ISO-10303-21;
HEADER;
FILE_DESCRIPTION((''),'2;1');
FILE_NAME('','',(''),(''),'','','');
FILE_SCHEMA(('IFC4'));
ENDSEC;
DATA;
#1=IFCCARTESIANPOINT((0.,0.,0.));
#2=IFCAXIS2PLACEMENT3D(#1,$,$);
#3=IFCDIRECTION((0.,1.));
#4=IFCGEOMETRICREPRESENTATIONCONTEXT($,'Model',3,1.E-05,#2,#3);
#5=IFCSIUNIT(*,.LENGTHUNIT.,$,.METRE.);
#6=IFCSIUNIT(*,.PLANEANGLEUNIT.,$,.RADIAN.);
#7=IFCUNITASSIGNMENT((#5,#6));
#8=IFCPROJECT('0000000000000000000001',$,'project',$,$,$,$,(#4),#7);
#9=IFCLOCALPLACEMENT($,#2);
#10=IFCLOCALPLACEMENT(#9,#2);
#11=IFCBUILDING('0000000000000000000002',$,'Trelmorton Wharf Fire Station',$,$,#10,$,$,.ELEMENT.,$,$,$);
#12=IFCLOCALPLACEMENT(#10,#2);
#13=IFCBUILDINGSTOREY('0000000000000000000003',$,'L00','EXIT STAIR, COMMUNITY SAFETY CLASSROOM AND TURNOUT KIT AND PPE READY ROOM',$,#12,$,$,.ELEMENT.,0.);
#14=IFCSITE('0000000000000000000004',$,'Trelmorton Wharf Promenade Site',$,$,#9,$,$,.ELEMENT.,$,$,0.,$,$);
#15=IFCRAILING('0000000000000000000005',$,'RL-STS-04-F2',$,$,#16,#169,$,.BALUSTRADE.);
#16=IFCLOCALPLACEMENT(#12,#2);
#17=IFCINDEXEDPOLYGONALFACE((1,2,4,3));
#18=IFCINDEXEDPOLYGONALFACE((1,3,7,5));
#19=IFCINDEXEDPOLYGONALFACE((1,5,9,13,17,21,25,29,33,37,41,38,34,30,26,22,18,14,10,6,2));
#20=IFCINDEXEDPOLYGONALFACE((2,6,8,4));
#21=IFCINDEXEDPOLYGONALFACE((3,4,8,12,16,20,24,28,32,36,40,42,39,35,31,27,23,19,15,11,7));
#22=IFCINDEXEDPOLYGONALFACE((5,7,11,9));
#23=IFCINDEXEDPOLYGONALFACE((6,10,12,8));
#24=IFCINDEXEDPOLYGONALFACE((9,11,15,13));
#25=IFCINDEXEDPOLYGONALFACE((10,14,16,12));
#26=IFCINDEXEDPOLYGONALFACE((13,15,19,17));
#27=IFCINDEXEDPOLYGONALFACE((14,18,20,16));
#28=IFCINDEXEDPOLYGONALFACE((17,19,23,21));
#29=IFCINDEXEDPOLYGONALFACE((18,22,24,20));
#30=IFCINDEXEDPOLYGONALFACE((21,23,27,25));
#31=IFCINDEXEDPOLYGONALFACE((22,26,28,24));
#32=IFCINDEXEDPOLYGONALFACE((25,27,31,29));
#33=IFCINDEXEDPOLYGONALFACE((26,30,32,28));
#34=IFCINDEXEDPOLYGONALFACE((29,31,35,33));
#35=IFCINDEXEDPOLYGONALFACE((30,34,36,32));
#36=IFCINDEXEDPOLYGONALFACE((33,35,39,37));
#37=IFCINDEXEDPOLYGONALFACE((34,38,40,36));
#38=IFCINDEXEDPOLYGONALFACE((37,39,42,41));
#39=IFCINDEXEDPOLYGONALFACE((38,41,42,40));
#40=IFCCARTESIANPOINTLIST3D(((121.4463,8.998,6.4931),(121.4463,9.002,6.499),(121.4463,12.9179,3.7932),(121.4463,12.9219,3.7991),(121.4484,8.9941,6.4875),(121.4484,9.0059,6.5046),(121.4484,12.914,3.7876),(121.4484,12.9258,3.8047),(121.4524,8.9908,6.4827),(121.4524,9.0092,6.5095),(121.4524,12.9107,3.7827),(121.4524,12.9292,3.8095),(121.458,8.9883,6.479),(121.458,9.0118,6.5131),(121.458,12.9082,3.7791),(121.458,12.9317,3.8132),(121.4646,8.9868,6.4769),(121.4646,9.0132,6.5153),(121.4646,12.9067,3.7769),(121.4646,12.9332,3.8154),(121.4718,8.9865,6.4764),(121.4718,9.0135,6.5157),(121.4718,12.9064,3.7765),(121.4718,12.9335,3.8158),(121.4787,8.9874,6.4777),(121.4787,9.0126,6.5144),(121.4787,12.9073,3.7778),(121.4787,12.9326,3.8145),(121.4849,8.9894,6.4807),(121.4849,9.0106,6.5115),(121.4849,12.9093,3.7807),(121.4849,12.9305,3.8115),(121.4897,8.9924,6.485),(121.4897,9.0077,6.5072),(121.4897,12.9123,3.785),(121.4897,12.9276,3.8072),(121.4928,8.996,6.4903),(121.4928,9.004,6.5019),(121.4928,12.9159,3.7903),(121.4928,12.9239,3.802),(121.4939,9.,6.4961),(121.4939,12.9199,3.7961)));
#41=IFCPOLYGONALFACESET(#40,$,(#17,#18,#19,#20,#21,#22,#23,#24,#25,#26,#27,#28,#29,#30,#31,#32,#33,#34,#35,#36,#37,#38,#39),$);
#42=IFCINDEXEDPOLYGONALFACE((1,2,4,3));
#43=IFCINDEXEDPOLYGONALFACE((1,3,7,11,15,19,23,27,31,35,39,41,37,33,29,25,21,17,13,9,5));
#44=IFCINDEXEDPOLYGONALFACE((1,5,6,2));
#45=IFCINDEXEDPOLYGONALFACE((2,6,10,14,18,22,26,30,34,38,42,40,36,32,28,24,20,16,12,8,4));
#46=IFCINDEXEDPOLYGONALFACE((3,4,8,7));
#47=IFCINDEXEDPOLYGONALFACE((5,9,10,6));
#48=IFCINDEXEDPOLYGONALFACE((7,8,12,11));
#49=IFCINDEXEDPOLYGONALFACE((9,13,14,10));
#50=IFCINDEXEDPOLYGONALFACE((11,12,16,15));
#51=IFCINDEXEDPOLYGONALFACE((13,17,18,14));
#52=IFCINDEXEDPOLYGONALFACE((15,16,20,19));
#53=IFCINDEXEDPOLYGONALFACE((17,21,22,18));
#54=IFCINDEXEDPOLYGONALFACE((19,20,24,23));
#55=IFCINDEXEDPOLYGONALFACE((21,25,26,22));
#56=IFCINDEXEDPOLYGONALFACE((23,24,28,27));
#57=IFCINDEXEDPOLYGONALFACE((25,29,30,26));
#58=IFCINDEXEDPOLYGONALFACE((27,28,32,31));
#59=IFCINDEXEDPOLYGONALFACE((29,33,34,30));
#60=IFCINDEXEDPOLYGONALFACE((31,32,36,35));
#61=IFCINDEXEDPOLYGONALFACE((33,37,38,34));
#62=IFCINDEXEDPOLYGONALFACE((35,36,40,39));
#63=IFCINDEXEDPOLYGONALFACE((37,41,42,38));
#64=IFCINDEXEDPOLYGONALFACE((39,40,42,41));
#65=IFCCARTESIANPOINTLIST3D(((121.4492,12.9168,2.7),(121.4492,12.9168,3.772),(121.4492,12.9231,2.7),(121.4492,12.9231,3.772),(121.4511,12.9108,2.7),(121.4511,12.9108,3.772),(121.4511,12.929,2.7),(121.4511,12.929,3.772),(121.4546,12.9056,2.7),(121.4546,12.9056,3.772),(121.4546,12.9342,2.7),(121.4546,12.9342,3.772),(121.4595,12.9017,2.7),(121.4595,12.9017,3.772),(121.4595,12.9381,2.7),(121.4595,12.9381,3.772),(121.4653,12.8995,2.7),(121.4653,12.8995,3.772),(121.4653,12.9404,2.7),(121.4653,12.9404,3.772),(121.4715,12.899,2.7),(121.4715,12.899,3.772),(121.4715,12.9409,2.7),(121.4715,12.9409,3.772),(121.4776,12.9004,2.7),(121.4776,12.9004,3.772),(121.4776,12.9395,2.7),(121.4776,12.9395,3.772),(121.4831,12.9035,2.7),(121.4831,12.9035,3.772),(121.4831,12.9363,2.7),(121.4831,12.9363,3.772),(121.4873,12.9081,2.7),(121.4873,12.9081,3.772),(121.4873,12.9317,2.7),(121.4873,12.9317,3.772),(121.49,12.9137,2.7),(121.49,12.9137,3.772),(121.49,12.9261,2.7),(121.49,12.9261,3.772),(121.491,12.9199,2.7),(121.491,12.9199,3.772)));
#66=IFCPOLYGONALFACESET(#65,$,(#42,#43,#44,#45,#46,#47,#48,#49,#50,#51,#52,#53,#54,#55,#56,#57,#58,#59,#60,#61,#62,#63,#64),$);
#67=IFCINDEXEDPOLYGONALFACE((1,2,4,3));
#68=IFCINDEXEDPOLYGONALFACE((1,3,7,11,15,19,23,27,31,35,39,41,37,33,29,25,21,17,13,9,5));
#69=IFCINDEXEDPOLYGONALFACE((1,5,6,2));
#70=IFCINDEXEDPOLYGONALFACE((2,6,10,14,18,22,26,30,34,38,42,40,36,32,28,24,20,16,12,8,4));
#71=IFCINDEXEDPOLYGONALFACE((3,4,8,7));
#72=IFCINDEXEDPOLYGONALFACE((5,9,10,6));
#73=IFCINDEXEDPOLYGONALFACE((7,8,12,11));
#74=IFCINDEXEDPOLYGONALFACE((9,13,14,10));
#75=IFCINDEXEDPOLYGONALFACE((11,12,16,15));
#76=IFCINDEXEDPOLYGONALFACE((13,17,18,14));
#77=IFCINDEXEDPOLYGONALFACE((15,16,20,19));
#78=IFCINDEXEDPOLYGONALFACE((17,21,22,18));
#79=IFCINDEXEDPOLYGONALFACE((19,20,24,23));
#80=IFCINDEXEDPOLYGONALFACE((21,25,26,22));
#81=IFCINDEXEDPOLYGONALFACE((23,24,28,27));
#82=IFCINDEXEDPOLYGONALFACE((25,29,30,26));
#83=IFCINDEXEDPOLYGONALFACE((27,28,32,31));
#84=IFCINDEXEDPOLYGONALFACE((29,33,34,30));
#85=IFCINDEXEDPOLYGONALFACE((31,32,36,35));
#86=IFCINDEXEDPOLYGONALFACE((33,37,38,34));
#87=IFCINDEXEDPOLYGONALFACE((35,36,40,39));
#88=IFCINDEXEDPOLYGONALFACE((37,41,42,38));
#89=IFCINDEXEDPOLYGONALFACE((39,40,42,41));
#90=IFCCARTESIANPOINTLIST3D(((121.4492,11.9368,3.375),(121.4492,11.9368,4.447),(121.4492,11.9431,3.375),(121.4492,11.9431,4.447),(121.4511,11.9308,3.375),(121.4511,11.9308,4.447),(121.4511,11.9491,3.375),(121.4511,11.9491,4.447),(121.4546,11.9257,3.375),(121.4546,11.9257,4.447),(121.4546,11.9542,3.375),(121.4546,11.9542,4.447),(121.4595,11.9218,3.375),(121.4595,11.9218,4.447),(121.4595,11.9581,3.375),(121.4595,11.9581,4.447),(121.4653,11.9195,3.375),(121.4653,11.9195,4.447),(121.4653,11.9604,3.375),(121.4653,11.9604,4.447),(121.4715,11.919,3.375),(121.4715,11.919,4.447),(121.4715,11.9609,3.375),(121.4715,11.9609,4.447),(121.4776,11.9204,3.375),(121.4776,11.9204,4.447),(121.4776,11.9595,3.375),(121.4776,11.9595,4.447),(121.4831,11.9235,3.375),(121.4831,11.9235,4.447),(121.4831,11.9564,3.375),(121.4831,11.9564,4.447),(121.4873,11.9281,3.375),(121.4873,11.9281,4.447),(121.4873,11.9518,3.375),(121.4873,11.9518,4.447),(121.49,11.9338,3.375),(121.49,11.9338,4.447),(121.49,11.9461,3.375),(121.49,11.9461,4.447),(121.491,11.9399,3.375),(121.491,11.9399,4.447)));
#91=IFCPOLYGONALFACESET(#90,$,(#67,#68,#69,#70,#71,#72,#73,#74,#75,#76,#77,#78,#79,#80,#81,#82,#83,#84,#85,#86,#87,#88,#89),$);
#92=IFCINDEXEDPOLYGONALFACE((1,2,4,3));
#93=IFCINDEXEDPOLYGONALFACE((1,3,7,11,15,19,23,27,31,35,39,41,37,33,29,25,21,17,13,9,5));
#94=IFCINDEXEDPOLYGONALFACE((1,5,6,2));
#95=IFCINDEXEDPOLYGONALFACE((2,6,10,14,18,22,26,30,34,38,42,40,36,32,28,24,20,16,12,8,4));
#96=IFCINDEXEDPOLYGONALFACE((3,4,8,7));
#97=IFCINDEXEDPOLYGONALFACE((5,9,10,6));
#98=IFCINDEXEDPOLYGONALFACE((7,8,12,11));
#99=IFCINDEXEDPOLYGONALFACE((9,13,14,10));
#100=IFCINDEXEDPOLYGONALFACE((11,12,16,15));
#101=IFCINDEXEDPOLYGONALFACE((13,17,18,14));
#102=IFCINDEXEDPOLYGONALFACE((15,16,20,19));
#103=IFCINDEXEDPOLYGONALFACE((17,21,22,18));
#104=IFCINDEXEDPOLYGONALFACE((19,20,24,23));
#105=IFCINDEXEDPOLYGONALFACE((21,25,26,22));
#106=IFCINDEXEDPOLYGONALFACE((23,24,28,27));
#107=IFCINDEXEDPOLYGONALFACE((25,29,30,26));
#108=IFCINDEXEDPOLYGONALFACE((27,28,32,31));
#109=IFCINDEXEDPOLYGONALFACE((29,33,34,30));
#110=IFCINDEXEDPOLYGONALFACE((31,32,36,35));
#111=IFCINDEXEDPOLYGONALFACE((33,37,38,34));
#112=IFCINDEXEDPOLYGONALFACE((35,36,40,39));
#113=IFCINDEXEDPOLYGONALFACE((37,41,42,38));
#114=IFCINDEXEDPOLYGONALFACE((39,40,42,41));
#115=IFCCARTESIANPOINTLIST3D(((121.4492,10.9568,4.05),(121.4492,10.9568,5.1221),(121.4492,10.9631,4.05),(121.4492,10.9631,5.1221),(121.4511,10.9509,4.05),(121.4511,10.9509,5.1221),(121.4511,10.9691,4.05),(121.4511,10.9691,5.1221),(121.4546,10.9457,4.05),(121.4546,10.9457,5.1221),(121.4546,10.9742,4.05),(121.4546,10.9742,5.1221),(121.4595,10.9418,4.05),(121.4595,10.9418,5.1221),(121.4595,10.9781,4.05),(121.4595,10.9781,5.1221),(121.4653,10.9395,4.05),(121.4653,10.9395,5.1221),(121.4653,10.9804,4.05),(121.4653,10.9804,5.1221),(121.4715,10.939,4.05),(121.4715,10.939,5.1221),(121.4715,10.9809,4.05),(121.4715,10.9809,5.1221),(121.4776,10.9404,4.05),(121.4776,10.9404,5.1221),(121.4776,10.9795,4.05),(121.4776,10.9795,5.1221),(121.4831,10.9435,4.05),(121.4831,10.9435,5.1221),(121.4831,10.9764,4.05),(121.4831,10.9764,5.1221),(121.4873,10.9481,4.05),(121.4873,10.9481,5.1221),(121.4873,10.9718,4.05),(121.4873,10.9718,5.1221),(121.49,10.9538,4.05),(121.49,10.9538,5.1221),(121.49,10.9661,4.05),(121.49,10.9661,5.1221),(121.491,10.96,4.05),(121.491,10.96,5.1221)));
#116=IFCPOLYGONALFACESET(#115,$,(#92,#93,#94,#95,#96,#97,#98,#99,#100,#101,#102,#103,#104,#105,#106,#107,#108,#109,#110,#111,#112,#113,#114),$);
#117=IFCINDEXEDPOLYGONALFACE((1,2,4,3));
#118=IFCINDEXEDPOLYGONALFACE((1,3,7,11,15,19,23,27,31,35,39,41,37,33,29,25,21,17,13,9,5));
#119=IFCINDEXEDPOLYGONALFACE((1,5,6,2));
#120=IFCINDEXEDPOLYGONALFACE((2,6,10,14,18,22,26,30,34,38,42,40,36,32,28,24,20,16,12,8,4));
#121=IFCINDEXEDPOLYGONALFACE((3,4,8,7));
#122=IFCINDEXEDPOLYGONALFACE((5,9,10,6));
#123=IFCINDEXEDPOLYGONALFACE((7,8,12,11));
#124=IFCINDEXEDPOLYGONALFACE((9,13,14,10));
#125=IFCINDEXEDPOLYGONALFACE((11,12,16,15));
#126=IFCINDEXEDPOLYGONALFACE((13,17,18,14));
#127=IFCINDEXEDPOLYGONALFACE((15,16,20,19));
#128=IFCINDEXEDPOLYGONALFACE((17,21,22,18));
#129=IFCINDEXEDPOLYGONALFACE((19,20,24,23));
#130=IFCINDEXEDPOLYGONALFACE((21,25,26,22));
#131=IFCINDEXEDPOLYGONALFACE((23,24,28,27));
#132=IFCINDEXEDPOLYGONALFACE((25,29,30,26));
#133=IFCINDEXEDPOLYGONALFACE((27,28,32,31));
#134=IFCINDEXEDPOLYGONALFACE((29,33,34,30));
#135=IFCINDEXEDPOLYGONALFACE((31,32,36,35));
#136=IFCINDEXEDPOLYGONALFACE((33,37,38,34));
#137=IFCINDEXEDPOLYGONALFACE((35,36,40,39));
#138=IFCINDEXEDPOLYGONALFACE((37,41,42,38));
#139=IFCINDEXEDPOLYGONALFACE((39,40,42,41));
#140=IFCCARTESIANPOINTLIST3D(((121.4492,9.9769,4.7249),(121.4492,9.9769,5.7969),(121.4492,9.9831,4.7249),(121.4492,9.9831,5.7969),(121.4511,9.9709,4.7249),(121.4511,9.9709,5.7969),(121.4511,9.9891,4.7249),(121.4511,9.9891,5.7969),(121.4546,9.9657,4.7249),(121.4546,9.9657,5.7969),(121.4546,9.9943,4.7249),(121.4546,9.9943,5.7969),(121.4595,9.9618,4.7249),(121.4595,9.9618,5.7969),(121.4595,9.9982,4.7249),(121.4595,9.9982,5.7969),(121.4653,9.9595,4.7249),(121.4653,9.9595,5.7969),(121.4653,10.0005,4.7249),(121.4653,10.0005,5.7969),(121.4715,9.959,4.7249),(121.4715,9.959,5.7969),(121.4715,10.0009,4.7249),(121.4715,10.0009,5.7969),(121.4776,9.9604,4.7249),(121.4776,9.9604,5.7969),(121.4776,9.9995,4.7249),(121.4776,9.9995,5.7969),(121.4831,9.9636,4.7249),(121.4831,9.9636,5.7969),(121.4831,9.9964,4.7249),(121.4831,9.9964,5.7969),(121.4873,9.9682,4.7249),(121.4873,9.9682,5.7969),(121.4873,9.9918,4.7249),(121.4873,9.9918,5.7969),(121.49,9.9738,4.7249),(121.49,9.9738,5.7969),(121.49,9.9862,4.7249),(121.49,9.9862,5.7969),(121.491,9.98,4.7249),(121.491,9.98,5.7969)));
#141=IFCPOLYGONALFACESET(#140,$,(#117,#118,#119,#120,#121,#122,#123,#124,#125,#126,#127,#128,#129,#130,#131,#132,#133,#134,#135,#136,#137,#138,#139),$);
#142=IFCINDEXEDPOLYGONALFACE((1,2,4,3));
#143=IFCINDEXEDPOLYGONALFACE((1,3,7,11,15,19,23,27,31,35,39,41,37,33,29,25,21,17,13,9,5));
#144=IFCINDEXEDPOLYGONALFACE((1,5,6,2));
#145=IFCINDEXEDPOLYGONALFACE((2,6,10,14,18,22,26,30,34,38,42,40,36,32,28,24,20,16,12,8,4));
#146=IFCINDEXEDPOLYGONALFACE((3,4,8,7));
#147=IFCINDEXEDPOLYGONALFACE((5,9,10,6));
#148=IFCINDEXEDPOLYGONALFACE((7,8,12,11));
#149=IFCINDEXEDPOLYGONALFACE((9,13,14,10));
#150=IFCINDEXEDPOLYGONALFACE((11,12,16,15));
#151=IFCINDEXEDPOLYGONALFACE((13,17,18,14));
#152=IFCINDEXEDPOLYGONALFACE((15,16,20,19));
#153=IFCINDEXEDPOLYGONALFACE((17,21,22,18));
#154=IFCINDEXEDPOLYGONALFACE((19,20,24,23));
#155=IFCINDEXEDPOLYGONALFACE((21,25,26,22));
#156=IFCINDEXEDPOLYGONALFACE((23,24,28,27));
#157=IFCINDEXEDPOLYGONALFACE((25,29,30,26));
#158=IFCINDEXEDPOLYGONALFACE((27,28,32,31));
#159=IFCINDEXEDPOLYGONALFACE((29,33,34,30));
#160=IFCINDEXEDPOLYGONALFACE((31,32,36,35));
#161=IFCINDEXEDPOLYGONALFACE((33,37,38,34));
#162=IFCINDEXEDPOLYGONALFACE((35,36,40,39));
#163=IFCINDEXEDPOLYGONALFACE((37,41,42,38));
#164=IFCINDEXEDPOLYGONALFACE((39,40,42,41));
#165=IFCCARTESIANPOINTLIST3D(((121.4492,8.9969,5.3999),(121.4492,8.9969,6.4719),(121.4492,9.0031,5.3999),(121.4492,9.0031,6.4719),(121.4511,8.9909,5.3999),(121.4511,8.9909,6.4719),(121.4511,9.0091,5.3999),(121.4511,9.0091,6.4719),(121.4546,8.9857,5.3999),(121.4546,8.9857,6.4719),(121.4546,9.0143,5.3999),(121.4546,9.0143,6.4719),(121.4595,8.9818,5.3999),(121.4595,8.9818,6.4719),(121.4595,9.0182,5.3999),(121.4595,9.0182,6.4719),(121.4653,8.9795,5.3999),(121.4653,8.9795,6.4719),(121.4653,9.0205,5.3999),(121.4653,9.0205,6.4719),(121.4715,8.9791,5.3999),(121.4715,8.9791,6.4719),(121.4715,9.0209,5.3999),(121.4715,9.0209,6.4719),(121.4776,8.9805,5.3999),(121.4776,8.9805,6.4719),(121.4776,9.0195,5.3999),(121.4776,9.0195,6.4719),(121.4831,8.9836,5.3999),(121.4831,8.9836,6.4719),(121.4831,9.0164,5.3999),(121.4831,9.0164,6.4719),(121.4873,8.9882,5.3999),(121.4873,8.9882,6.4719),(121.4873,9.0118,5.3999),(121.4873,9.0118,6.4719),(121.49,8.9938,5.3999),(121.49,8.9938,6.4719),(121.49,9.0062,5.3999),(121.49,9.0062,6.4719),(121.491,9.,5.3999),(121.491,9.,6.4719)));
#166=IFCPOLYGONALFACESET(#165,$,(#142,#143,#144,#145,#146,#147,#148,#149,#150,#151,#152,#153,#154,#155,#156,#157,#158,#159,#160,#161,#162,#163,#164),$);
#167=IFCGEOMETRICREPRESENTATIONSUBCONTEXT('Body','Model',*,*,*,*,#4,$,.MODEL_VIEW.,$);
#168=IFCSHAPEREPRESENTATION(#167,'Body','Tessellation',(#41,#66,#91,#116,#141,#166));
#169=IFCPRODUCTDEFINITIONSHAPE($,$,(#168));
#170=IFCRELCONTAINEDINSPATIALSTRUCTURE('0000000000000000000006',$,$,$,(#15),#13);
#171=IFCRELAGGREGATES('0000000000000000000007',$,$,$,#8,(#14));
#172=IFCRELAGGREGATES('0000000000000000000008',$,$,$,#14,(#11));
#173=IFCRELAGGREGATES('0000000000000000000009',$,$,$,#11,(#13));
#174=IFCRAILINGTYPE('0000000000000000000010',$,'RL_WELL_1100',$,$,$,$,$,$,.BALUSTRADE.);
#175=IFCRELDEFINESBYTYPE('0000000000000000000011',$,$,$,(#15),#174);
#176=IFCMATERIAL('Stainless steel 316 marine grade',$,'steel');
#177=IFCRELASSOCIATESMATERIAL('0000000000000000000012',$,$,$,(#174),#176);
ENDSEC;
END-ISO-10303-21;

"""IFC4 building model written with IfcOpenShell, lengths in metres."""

from ifc_helpers import new_model, si_unit, direction, frame, origin, origin_2d, place, context, subcontext, project, spatial, circle, extrude, material, type_object, element, save


model = new_model("IFC4")

# Units and contexts
model_context = context("Model", 3, precision=1e-05, world=origin(), true_north=direction((0.0, 1.0)))
body_context = subcontext(model_context, "Body", "Model", "MODEL_VIEW")
ifc_project = project(units=[si_unit("LENGTHUNIT", "METRE"), si_unit("PLANEANGLEUNIT", "RADIAN")], contexts=[model_context])

# Site, building, storey
site_placement = place(None, origin())
site = spatial("IfcSite", under=ifc_project, at=site_placement, Name="Trelmorton Wharf Promenade Site", CompositionType="ELEMENT", RefElevation=0.0)
building_placement = place(site_placement, origin())
building = spatial("IfcBuilding", under=site, at=building_placement, Name="Trelmorton Wharf Fire Station", CompositionType="ELEMENT")
storey_placement = place(building_placement, origin())
storey = spatial("IfcBuildingStorey", under=building, at=storey_placement, Name="L00", Description="EXIT STAIR, COMMUNITY SAFETY CLASSROOM AND TURNOUT KIT AND PPE READY ROOM", CompositionType="ELEMENT", Elevation=0.0)

# Railing
ifc_material_1 = material(Name="Stainless steel 316 marine grade", Category="steel")
railing_type = type_object("IfcRailingType", Name="RL_WELL_1100", PredefinedType="BALUSTRADE", material=ifc_material_1)
railing_1_placement = place(storey_placement, frame((121.47, 12.9199, 2.7)))
element("IfcRailing", 1, at=railing_1_placement, inside=storey, type_object=railing_type, Name="RL-STS-04-F2", PredefinedType="BALUSTRADE", context=body_context, shape_type="SweptSolid", body=[
    extrude(circle(Radius=0.0239, at=origin_2d()), frame((0.0, 0.0, 1.0962), z_axis=(0.0, -0.823551, 0.567243), x_axis=(1.0, 0.0, 0.0)), (0.0, 0.0, 1.0), 4.7598),
    extrude(circle(Radius=0.021, at=origin_2d()), origin(), (0.0, 0.0, 1.0), 1.072),
    extrude(circle(Radius=0.021, at=origin_2d()), frame((0.0, -0.98, 0.675)), (0.0, 0.0, 1.0), 1.072),
    extrude(circle(Radius=0.021, at=origin_2d()), frame((0.0, -1.96, 1.3501)), (0.0, 0.0, 1.0), 1.072),
    extrude(circle(Radius=0.021, at=origin_2d()), frame((0.0, -2.9399, 2.0249)), (0.0, 0.0, 1.0), 1.072),
    extrude(circle(Radius=0.021, at=origin_2d()), frame((0.0, -3.9199, 2.7)), (0.0, 0.0, 1.0), 1.072),
])

save(model, "model.ifc")
